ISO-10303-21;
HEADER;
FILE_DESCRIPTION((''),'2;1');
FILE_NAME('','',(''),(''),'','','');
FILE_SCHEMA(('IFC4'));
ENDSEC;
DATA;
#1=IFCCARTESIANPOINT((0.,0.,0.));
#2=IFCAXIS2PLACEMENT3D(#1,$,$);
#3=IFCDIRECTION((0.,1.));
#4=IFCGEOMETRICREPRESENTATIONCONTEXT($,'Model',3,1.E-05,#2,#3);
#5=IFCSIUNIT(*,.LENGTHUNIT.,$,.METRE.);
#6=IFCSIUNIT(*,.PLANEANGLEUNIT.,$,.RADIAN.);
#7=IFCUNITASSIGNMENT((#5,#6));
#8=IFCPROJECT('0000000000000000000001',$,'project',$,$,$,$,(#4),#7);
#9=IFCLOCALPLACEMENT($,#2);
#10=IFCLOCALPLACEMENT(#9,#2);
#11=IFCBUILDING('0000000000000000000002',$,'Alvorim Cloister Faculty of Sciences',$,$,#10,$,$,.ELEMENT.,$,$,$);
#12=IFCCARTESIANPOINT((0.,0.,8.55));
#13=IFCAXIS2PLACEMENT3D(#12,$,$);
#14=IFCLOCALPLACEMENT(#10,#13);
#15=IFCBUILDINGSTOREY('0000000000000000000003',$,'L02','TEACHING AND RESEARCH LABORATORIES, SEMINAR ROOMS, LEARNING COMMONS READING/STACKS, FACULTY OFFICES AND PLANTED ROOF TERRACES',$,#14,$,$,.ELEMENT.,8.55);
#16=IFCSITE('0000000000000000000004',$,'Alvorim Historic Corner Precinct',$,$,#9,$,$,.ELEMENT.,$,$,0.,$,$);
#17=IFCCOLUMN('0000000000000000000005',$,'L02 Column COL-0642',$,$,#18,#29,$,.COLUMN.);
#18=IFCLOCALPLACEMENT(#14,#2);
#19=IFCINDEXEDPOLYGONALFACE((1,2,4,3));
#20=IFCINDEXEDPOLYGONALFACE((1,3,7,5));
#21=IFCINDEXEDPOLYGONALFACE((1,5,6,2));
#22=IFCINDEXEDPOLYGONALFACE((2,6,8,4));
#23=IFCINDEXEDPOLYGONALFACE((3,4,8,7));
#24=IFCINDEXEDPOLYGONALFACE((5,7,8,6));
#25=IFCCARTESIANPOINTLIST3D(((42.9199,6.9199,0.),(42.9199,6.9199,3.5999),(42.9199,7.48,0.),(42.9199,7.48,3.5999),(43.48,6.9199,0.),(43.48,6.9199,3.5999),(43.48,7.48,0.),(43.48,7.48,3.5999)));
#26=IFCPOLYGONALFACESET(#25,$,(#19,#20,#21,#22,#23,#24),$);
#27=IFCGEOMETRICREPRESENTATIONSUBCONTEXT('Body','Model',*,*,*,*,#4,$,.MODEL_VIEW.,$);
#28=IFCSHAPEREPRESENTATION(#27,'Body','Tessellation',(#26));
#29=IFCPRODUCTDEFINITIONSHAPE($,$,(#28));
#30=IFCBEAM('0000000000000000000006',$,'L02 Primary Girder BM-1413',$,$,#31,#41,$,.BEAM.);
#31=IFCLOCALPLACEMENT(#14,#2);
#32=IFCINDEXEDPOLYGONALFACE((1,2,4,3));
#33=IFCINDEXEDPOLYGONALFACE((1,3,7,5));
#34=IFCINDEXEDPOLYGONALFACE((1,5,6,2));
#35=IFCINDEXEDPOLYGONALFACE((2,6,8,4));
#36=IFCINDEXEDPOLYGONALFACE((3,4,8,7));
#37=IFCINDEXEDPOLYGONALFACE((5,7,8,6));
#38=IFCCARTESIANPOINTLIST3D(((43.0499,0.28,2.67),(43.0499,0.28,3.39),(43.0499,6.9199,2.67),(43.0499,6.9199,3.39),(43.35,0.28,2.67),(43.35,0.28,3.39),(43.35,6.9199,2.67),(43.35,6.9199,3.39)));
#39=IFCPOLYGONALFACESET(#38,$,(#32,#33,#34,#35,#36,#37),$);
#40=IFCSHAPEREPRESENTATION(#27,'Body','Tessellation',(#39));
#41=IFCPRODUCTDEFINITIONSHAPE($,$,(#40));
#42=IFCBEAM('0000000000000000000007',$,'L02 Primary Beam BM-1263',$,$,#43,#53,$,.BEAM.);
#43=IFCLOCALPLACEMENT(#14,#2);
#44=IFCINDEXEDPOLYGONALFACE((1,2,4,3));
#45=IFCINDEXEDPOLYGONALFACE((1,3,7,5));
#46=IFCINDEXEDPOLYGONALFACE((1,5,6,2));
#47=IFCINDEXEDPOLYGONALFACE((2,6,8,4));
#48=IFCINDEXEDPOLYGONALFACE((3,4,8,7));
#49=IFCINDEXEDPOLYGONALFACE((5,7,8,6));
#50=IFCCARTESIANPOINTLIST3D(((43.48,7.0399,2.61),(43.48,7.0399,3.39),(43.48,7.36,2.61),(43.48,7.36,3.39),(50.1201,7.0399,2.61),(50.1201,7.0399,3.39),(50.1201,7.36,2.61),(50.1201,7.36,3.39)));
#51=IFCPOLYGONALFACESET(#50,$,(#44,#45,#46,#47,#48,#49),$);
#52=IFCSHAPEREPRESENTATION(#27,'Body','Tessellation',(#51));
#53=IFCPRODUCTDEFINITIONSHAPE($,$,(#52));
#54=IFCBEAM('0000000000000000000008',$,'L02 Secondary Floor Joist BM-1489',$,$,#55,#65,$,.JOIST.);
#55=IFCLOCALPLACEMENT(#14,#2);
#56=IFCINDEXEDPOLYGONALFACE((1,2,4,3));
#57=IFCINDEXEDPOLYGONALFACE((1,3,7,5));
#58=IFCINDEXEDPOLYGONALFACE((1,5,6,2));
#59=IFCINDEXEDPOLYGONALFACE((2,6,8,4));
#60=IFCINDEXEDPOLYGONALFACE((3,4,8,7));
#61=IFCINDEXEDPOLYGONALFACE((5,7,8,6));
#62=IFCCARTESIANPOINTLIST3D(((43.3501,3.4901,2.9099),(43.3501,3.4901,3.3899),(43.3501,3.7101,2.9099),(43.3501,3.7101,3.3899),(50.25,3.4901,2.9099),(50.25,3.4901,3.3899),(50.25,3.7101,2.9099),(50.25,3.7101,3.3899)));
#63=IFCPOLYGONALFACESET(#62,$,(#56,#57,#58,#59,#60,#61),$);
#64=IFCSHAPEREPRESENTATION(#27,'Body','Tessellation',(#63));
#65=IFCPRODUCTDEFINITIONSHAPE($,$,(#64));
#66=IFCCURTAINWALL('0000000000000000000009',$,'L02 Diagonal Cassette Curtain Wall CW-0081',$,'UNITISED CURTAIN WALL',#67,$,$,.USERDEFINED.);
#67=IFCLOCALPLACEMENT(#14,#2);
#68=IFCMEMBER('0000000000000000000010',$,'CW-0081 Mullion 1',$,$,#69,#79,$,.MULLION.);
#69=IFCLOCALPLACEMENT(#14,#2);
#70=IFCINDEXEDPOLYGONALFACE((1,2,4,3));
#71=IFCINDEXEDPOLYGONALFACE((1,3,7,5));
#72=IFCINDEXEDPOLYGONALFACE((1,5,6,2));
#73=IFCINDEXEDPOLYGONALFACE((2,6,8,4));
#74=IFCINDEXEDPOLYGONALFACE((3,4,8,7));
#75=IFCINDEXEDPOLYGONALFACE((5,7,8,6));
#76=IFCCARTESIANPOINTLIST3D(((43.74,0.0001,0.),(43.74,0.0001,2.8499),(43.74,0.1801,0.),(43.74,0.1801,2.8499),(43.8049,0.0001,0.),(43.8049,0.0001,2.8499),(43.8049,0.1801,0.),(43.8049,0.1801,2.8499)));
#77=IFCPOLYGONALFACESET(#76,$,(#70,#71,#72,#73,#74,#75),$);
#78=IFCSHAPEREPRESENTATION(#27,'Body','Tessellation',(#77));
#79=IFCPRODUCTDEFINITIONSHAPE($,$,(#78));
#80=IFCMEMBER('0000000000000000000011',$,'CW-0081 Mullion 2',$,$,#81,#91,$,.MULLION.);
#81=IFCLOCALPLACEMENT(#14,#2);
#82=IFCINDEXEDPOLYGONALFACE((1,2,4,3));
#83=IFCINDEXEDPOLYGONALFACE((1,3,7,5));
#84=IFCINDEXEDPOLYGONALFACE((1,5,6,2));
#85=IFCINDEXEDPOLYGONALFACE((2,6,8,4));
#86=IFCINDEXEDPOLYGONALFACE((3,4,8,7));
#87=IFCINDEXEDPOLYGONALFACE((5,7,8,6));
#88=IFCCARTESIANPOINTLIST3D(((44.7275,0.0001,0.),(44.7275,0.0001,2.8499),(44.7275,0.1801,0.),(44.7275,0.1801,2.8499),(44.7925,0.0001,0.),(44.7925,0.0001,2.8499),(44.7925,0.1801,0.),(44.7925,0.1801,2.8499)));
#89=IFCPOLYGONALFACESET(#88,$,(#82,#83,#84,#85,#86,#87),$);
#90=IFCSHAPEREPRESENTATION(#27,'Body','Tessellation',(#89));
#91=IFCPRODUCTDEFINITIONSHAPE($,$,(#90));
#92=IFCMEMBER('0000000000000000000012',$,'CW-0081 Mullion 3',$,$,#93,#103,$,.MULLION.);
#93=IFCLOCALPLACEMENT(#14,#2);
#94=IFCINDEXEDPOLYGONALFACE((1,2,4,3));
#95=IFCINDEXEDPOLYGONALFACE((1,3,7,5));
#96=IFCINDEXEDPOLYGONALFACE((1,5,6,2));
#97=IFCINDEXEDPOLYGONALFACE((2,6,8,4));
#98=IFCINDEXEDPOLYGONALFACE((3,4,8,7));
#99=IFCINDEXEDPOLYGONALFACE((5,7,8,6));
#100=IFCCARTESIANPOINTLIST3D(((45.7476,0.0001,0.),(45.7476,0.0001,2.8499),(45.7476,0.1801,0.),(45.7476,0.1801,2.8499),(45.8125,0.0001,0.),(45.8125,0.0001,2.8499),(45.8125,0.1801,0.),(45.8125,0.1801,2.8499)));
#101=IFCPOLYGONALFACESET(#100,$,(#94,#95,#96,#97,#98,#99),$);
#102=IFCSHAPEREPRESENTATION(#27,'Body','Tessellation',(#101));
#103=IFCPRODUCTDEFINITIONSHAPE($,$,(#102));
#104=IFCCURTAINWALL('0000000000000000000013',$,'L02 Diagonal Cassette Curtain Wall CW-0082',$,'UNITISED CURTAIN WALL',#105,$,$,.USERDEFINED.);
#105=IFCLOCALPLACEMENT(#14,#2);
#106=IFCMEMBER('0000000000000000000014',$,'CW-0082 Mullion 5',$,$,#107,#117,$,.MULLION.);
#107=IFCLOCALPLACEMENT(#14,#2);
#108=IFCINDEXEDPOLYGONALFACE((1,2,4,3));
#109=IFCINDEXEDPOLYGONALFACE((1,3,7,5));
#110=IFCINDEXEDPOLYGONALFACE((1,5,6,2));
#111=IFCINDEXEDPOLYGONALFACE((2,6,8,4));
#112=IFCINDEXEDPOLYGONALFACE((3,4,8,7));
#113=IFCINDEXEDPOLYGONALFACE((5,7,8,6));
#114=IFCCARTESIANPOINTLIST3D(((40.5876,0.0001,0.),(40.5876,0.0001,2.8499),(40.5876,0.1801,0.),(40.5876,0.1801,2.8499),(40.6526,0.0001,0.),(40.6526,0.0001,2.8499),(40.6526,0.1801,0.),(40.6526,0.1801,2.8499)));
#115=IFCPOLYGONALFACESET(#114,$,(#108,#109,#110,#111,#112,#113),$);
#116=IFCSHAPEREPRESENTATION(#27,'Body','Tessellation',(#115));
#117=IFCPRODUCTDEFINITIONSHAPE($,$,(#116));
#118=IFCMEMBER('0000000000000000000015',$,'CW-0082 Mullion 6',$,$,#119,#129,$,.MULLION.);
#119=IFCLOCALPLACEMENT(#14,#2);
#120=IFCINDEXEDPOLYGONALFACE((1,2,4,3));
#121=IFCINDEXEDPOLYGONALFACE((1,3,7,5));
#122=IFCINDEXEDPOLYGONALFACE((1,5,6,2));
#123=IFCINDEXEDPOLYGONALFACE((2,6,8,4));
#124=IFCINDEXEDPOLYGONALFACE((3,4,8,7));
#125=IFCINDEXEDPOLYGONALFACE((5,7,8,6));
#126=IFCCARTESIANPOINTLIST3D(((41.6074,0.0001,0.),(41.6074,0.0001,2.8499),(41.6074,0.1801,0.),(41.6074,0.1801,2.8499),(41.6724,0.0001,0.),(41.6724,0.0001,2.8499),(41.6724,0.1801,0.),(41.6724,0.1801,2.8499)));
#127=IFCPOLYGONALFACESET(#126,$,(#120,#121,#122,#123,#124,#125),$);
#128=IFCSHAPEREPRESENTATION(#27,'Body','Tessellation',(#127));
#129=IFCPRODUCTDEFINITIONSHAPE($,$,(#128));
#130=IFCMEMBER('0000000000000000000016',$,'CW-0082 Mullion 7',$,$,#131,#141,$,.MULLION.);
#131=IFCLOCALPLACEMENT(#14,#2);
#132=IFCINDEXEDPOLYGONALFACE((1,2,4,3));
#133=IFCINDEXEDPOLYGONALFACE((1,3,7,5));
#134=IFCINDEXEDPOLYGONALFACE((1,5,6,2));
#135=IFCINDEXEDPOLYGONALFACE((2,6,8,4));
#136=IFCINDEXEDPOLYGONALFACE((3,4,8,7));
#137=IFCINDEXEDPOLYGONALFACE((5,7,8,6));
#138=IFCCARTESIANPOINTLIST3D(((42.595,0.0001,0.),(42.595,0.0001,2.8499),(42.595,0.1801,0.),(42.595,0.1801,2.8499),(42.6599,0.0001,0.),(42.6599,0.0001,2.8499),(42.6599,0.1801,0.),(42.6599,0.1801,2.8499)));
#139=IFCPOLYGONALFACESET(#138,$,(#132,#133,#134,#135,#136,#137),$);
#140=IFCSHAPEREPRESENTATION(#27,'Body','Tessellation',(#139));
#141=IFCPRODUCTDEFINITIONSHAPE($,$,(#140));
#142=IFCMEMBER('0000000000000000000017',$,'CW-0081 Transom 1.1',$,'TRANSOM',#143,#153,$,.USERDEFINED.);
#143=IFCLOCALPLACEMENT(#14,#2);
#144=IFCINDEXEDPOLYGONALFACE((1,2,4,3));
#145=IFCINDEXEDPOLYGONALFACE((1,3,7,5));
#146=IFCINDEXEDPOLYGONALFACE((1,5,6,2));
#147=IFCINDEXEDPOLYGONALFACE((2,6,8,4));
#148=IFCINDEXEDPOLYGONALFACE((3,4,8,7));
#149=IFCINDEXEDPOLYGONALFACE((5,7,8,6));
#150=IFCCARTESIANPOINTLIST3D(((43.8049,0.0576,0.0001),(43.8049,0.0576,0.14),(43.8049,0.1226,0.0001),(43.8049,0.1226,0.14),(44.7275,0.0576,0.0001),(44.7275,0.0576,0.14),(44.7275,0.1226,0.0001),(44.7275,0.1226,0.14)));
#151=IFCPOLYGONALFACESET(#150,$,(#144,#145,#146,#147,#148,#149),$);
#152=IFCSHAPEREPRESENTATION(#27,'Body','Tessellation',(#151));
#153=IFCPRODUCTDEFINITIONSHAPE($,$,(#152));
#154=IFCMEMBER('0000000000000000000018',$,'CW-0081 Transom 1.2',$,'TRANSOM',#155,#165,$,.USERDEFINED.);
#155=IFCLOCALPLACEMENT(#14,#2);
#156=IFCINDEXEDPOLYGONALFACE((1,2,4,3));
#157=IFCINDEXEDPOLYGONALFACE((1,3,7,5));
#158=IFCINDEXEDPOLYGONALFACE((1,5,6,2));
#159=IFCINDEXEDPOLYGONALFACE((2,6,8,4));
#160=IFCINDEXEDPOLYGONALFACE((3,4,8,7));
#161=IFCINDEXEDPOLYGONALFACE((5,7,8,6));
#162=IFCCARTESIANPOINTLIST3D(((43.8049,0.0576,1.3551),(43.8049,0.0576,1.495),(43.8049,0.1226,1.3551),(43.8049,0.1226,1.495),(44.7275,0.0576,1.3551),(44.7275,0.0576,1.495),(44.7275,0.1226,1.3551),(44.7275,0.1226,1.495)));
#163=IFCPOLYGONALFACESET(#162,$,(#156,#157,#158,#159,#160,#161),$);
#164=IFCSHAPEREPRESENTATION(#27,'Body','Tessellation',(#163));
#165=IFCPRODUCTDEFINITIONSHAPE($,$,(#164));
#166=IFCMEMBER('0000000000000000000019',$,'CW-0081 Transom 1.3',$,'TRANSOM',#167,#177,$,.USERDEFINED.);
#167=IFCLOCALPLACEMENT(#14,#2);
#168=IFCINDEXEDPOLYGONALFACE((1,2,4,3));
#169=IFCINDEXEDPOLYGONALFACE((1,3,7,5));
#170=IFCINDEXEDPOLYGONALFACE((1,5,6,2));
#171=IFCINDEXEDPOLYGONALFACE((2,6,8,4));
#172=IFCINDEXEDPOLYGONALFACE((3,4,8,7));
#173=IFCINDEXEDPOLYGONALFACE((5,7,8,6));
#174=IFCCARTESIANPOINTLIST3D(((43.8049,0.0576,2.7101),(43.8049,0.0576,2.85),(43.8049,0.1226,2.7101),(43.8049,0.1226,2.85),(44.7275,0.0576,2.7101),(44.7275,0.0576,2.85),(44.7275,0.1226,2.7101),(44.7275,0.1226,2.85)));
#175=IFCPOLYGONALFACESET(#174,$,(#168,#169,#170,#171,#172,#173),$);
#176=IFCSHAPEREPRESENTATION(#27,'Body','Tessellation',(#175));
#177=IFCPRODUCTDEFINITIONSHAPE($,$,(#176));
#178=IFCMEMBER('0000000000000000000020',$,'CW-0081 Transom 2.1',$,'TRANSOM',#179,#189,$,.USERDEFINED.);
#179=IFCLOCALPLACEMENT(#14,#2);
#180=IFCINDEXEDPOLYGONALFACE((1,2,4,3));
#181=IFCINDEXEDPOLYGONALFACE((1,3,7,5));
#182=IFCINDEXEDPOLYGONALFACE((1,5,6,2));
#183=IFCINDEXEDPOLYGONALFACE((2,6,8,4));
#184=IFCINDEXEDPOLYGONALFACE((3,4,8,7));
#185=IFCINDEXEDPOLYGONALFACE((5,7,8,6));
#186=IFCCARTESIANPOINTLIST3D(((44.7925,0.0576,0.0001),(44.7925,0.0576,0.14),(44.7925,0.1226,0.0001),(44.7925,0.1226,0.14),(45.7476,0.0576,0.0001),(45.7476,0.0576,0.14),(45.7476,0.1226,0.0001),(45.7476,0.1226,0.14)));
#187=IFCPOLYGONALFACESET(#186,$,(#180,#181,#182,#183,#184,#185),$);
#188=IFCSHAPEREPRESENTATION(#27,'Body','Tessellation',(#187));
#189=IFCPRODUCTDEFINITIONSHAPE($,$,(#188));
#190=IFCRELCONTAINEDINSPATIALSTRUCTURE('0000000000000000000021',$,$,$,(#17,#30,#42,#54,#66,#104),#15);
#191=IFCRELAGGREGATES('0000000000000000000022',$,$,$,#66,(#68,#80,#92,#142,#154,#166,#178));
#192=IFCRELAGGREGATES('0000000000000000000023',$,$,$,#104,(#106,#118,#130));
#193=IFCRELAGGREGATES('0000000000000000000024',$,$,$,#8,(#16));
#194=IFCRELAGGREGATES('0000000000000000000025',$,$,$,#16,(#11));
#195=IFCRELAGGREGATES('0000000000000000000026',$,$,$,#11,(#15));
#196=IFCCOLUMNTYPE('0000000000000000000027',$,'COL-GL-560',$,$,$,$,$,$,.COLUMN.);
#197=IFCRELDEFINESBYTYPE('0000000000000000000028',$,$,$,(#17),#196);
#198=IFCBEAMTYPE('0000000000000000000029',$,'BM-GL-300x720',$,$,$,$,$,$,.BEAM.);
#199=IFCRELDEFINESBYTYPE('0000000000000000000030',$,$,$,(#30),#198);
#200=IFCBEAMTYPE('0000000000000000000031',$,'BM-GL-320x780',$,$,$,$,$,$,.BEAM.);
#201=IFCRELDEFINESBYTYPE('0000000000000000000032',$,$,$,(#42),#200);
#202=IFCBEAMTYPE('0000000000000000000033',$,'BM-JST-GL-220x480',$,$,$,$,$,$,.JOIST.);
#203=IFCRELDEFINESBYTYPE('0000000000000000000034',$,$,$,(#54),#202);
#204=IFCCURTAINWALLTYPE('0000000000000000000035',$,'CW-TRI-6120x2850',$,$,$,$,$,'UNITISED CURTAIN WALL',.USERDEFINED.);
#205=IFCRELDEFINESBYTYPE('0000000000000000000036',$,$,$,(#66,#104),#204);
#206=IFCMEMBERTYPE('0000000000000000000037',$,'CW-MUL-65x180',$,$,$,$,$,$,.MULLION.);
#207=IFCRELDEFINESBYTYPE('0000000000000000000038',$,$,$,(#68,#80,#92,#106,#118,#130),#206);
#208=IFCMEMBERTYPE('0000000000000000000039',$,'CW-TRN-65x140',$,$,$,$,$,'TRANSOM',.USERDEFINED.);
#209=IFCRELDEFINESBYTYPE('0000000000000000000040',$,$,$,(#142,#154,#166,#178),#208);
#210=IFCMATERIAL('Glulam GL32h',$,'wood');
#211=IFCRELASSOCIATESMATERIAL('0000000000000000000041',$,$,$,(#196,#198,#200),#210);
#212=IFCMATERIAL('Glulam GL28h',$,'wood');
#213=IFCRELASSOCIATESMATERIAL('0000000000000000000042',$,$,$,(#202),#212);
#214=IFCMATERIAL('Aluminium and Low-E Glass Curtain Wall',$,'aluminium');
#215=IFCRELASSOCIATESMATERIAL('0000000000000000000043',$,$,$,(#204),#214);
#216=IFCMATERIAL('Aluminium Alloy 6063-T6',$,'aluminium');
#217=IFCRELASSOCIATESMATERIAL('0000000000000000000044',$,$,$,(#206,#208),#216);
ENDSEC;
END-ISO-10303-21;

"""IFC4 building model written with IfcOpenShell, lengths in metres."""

from ifc_helpers import new_model, si_unit, direction, frame, origin, origin_2d, place, context, subcontext, project, spatial, rectangle, extrude, material, material_profile, profile_set, type_object, element, aggregate, save


model = new_model("IFC4")

# Units and contexts
model_context = context("Model", 3, precision=1e-05, world=origin(), true_north=direction((0.0, 1.0)))
body_context = subcontext(model_context, "Body", "Model", "MODEL_VIEW")
ifc_project = project(units=[si_unit("LENGTHUNIT", "METRE"), si_unit("PLANEANGLEUNIT", "RADIAN")], contexts=[model_context])

# Site, building, storey
site_placement = place(None, origin())
site = spatial("IfcSite", under=ifc_project, at=site_placement, Name="Alvorim Historic Corner Precinct", CompositionType="ELEMENT", RefElevation=0.0)
building_placement = place(site_placement, origin())
building = spatial("IfcBuilding", under=site, at=building_placement, Name="Alvorim Cloister Faculty of Sciences", CompositionType="ELEMENT")
storey_placement = place(building_placement, frame((0.0, 0.0, 8.55)))
storey = spatial("IfcBuildingStorey", under=building, at=storey_placement, Name="L02", Description="TEACHING AND RESEARCH LABORATORIES, SEMINAR ROOMS, LEARNING COMMONS READING/STACKS, FACULTY OFFICES AND PLANTED ROOF TERRACES", CompositionType="ELEMENT", Elevation=8.55)

# Column
ifc_material_1 = material(Name="Glulam GL32h", Category="wood")
ifc_material_profile_1 = material_profile(ifc_material_1, rectangle(XDim=0.5601, YDim=0.5601, at=origin_2d()), Name="GL32-COL-560x560")
ifc_profile_set_1 = profile_set([ifc_material_profile_1], Name="Glulam GL32h")
column_type = type_object("IfcColumnType", Name="COL-GL-560", PredefinedType="COLUMN", material=ifc_profile_set_1)
column_placement = place(storey_placement, frame((43.2, 7.2, 0.0), z_axis=(0.0, 0.0, 1.0), x_axis=(1.0, 0.0, 0.0)))
element("IfcColumn", 1, at=column_placement, inside=storey, type_object=column_type, Name="L02 Column COL-0642", PredefinedType="COLUMN", context=body_context, shape_type="SweptSolid", body=[
    extrude(rectangle(XDim=0.5601, YDim=0.5601, at=origin_2d()), origin(), (0.0, 0.0, 1.0), 3.5999),
])

# Beams
ifc_material_profile_2 = material_profile(ifc_material_1, rectangle(XDim=0.3, YDim=0.72, at=origin_2d()), Name="GL32-BM-300x720")
ifc_profile_set_2 = profile_set([ifc_material_profile_2], Name="Glulam GL32h")
beam_type_1 = type_object("IfcBeamType", Name="BM-GL-300x720", PredefinedType="BEAM", material=ifc_profile_set_2)
beam_1_placement = place(storey_placement, frame((43.2, 0.28, 3.03), z_axis=(0.0, 1.0, 0.0), x_axis=(-1.0, 0.0, 0.0)))
element("IfcBeam", 2, at=beam_1_placement, inside=storey, type_object=beam_type_1, Name="L02 Primary Girder BM-1413", PredefinedType="BEAM", context=body_context, shape_type="SweptSolid", body=[
    extrude(rectangle(XDim=0.3, YDim=0.72, at=origin_2d()), origin(), (0.0, 0.0, 1.0), 6.6399),
])
ifc_material_profile_3 = material_profile(ifc_material_1, rectangle(XDim=0.3201, YDim=0.78, at=origin_2d()), Name="GL32-BM-320x780")
ifc_profile_set_3 = profile_set([ifc_material_profile_3], Name="Glulam GL32h")
beam_type_2 = type_object("IfcBeamType", Name="BM-GL-320x780", PredefinedType="BEAM", material=ifc_profile_set_3)
beam_2_placement = place(storey_placement, frame((43.48, 7.2, 3.0), z_axis=(1.0, 0.0, 0.0), x_axis=(0.0, 1.0, 0.0)))
element("IfcBeam", 3, at=beam_2_placement, inside=storey, type_object=beam_type_2, Name="L02 Primary Beam BM-1263", PredefinedType="BEAM", context=body_context, shape_type="SweptSolid", body=[
    extrude(rectangle(XDim=0.3201, YDim=0.78, at=origin_2d()), origin(), (0.0, 0.0, 1.0), 6.6401),
])
ifc_material_2 = material(Name="Glulam GL28h", Category="wood")
ifc_material_profile_4 = material_profile(ifc_material_2, rectangle(XDim=0.22, YDim=0.48, at=origin_2d()), Name="GL28-JST-220x480")
ifc_profile_set_4 = profile_set([ifc_material_profile_4], Name="Glulam GL28h")
beam_type_3 = type_object("IfcBeamType", Name="BM-JST-GL-220x480", PredefinedType="JOIST", material=ifc_profile_set_4)
beam_3_placement = place(storey_placement, frame((43.3501, 3.6001, 3.1499), z_axis=(1.0, 0.0, 0.0), x_axis=(0.0, 1.0, 0.0)))
element("IfcBeam", 4, at=beam_3_placement, inside=storey, type_object=beam_type_3, Name="L02 Secondary Floor Joist BM-1489", PredefinedType="JOIST", context=body_context, shape_type="SweptSolid", body=[
    extrude(rectangle(XDim=0.22, YDim=0.48, at=origin_2d()), origin(), (0.0, 0.0, 1.0), 6.8999),
])

# Curtain walls, members
ifc_material_3 = material(Name="Aluminium and Low-E Glass Curtain Wall", Category="aluminium")
curtain_wall_type = type_object("IfcCurtainWallType", Name="CW-TRI-6120x2850", ElementType="UNITISED CURTAIN WALL", PredefinedType="USERDEFINED", material=ifc_material_3)
curtain_wall_1_placement = place(storey_placement, origin())
curtain_wall_1 = element("IfcCurtainWall", 5, at=curtain_wall_1_placement, inside=storey, type_object=curtain_wall_type, Name="L02 Diagonal Cassette Curtain Wall CW-0081", ObjectType="UNITISED CURTAIN WALL", PredefinedType="USERDEFINED")
ifc_material_4 = material(Name="Aluminium Alloy 6063-T6", Category="aluminium")
ifc_material_profile_5 = material_profile(ifc_material_4, rectangle(XDim=0.0649, YDim=0.1799, at=origin_2d()), Name="ALU-MUL-65x180")
ifc_profile_set_5 = profile_set([ifc_material_profile_5], Name="Aluminium Alloy 6063-T6")
member_type_1 = type_object("IfcMemberType", Name="CW-MUL-65x180", PredefinedType="MULLION", material=ifc_profile_set_5)
member_1_placement = place(storey_placement, frame((43.7725, 0.0901, 0.0), z_axis=(0.0, 0.0, 1.0), x_axis=(1.0, 0.0, 0.0)))
member_1 = element("IfcMember", 6, at=member_1_placement, type_object=member_type_1, Name="CW-0081 Mullion 1", PredefinedType="MULLION", context=body_context, shape_type="SweptSolid", body=[
    extrude(rectangle(XDim=0.0649, YDim=0.1799, at=origin_2d()), origin(), (0.0, 0.0, 1.0), 2.8499),
])
member_2_placement = place(storey_placement, frame((44.76, 0.0901, 0.0), z_axis=(0.0, 0.0, 1.0), x_axis=(1.0, 0.0, 0.0)))
member_2 = element("IfcMember", 7, at=member_2_placement, type_object=member_type_1, Name="CW-0081 Mullion 2", PredefinedType="MULLION", context=body_context, shape_type="SweptSolid", body=[
    extrude(rectangle(XDim=0.0649, YDim=0.1799, at=origin_2d()), origin(), (0.0, 0.0, 1.0), 2.8499),
])
member_3_placement = place(storey_placement, frame((45.78, 0.0901, 0.0), z_axis=(0.0, 0.0, 1.0), x_axis=(1.0, 0.0, 0.0)))
member_3 = element("IfcMember", 8, at=member_3_placement, type_object=member_type_1, Name="CW-0081 Mullion 3", PredefinedType="MULLION", context=body_context, shape_type="SweptSolid", body=[
    extrude(rectangle(XDim=0.0649, YDim=0.1799, at=origin_2d()), origin(), (0.0, 0.0, 1.0), 2.8499),
])
curtain_wall_2_placement = place(storey_placement, origin())
curtain_wall_2 = element("IfcCurtainWall", 9, at=curtain_wall_2_placement, inside=storey, type_object=curtain_wall_type, Name="L02 Diagonal Cassette Curtain Wall CW-0082", ObjectType="UNITISED CURTAIN WALL", PredefinedType="USERDEFINED")
member_4_placement = place(storey_placement, frame((40.6201, 0.0901, 0.0), z_axis=(0.0, 0.0, 1.0), x_axis=(1.0, 0.0, 0.0)))
member_4 = element("IfcMember", 10, at=member_4_placement, type_object=member_type_1, Name="CW-0082 Mullion 5", PredefinedType="MULLION", context=body_context, shape_type="SweptSolid", body=[
    extrude(rectangle(XDim=0.0649, YDim=0.1799, at=origin_2d()), origin(), (0.0, 0.0, 1.0), 2.8499),
])
member_5_placement = place(storey_placement, frame((41.6399, 0.0901, 0.0), z_axis=(0.0, 0.0, 1.0), x_axis=(1.0, 0.0, 0.0)))
member_5 = element("IfcMember", 11, at=member_5_placement, type_object=member_type_1, Name="CW-0082 Mullion 6", PredefinedType="MULLION", context=body_context, shape_type="SweptSolid", body=[
    extrude(rectangle(XDim=0.0649, YDim=0.1799, at=origin_2d()), origin(), (0.0, 0.0, 1.0), 2.8499),
])
member_6_placement = place(storey_placement, frame((42.6274, 0.0901, 0.0), z_axis=(0.0, 0.0, 1.0), x_axis=(1.0, 0.0, 0.0)))
member_6 = element("IfcMember", 12, at=member_6_placement, type_object=member_type_1, Name="CW-0082 Mullion 7", PredefinedType="MULLION", context=body_context, shape_type="SweptSolid", body=[
    extrude(rectangle(XDim=0.0649, YDim=0.1799, at=origin_2d()), origin(), (0.0, 0.0, 1.0), 2.8499),
])

# Members
ifc_material_profile_6 = material_profile(ifc_material_4, rectangle(XDim=0.0649, YDim=0.1399, at=origin_2d()), Name="ALU-TRN-65x140")
ifc_profile_set_6 = profile_set([ifc_material_profile_6], Name="Aluminium Alloy 6063-T6")
member_type_2 = type_object("IfcMemberType", Name="CW-TRN-65x140", ElementType="TRANSOM", PredefinedType="USERDEFINED", material=ifc_profile_set_6)
member_7_placement = place(storey_placement, frame((43.8049, 0.0901, 0.0701), z_axis=(1.0, 0.0, 0.0), x_axis=(0.0, 1.0, 0.0)))
member_7 = element("IfcMember", 13, at=member_7_placement, type_object=member_type_2, Name="CW-0081 Transom 1.1", ObjectType="TRANSOM", PredefinedType="USERDEFINED", context=body_context, shape_type="SweptSolid", body=[
    extrude(rectangle(XDim=0.0649, YDim=0.1399, at=origin_2d()), origin(), (0.0, 0.0, 1.0), 0.9226),
])
member_8_placement = place(storey_placement, frame((43.8049, 0.0901, 1.425), z_axis=(1.0, 0.0, 0.0), x_axis=(0.0, 1.0, 0.0)))
member_8 = element("IfcMember", 14, at=member_8_placement, type_object=member_type_2, Name="CW-0081 Transom 1.2", ObjectType="TRANSOM", PredefinedType="USERDEFINED", context=body_context, shape_type="SweptSolid", body=[
    extrude(rectangle(XDim=0.0649, YDim=0.1399, at=origin_2d()), origin(), (0.0, 0.0, 1.0), 0.9226),
])
member_9_placement = place(storey_placement, frame((43.8049, 0.0901, 2.78), z_axis=(1.0, 0.0, 0.0), x_axis=(0.0, 1.0, 0.0)))
member_9 = element("IfcMember", 15, at=member_9_placement, type_object=member_type_2, Name="CW-0081 Transom 1.3", ObjectType="TRANSOM", PredefinedType="USERDEFINED", context=body_context, shape_type="SweptSolid", body=[
    extrude(rectangle(XDim=0.0649, YDim=0.1399, at=origin_2d()), origin(), (0.0, 0.0, 1.0), 0.9226),
])
member_10_placement = place(storey_placement, frame((44.7925, 0.0901, 0.0701), z_axis=(1.0, 0.0, 0.0), x_axis=(0.0, 1.0, 0.0)))
member_10 = element("IfcMember", 16, at=member_10_placement, type_object=member_type_2, Name="CW-0081 Transom 2.1", ObjectType="TRANSOM", PredefinedType="USERDEFINED", context=body_context, shape_type="SweptSolid", body=[
    extrude(rectangle(XDim=0.0649, YDim=0.1399, at=origin_2d()), origin(), (0.0, 0.0, 1.0), 0.9551),
])
aggregate(curtain_wall_1, [member_1, member_2, member_3, member_7, member_8, member_9, member_10])
aggregate(curtain_wall_2, [member_4, member_5, member_6])

save(model, "model.ifc")
